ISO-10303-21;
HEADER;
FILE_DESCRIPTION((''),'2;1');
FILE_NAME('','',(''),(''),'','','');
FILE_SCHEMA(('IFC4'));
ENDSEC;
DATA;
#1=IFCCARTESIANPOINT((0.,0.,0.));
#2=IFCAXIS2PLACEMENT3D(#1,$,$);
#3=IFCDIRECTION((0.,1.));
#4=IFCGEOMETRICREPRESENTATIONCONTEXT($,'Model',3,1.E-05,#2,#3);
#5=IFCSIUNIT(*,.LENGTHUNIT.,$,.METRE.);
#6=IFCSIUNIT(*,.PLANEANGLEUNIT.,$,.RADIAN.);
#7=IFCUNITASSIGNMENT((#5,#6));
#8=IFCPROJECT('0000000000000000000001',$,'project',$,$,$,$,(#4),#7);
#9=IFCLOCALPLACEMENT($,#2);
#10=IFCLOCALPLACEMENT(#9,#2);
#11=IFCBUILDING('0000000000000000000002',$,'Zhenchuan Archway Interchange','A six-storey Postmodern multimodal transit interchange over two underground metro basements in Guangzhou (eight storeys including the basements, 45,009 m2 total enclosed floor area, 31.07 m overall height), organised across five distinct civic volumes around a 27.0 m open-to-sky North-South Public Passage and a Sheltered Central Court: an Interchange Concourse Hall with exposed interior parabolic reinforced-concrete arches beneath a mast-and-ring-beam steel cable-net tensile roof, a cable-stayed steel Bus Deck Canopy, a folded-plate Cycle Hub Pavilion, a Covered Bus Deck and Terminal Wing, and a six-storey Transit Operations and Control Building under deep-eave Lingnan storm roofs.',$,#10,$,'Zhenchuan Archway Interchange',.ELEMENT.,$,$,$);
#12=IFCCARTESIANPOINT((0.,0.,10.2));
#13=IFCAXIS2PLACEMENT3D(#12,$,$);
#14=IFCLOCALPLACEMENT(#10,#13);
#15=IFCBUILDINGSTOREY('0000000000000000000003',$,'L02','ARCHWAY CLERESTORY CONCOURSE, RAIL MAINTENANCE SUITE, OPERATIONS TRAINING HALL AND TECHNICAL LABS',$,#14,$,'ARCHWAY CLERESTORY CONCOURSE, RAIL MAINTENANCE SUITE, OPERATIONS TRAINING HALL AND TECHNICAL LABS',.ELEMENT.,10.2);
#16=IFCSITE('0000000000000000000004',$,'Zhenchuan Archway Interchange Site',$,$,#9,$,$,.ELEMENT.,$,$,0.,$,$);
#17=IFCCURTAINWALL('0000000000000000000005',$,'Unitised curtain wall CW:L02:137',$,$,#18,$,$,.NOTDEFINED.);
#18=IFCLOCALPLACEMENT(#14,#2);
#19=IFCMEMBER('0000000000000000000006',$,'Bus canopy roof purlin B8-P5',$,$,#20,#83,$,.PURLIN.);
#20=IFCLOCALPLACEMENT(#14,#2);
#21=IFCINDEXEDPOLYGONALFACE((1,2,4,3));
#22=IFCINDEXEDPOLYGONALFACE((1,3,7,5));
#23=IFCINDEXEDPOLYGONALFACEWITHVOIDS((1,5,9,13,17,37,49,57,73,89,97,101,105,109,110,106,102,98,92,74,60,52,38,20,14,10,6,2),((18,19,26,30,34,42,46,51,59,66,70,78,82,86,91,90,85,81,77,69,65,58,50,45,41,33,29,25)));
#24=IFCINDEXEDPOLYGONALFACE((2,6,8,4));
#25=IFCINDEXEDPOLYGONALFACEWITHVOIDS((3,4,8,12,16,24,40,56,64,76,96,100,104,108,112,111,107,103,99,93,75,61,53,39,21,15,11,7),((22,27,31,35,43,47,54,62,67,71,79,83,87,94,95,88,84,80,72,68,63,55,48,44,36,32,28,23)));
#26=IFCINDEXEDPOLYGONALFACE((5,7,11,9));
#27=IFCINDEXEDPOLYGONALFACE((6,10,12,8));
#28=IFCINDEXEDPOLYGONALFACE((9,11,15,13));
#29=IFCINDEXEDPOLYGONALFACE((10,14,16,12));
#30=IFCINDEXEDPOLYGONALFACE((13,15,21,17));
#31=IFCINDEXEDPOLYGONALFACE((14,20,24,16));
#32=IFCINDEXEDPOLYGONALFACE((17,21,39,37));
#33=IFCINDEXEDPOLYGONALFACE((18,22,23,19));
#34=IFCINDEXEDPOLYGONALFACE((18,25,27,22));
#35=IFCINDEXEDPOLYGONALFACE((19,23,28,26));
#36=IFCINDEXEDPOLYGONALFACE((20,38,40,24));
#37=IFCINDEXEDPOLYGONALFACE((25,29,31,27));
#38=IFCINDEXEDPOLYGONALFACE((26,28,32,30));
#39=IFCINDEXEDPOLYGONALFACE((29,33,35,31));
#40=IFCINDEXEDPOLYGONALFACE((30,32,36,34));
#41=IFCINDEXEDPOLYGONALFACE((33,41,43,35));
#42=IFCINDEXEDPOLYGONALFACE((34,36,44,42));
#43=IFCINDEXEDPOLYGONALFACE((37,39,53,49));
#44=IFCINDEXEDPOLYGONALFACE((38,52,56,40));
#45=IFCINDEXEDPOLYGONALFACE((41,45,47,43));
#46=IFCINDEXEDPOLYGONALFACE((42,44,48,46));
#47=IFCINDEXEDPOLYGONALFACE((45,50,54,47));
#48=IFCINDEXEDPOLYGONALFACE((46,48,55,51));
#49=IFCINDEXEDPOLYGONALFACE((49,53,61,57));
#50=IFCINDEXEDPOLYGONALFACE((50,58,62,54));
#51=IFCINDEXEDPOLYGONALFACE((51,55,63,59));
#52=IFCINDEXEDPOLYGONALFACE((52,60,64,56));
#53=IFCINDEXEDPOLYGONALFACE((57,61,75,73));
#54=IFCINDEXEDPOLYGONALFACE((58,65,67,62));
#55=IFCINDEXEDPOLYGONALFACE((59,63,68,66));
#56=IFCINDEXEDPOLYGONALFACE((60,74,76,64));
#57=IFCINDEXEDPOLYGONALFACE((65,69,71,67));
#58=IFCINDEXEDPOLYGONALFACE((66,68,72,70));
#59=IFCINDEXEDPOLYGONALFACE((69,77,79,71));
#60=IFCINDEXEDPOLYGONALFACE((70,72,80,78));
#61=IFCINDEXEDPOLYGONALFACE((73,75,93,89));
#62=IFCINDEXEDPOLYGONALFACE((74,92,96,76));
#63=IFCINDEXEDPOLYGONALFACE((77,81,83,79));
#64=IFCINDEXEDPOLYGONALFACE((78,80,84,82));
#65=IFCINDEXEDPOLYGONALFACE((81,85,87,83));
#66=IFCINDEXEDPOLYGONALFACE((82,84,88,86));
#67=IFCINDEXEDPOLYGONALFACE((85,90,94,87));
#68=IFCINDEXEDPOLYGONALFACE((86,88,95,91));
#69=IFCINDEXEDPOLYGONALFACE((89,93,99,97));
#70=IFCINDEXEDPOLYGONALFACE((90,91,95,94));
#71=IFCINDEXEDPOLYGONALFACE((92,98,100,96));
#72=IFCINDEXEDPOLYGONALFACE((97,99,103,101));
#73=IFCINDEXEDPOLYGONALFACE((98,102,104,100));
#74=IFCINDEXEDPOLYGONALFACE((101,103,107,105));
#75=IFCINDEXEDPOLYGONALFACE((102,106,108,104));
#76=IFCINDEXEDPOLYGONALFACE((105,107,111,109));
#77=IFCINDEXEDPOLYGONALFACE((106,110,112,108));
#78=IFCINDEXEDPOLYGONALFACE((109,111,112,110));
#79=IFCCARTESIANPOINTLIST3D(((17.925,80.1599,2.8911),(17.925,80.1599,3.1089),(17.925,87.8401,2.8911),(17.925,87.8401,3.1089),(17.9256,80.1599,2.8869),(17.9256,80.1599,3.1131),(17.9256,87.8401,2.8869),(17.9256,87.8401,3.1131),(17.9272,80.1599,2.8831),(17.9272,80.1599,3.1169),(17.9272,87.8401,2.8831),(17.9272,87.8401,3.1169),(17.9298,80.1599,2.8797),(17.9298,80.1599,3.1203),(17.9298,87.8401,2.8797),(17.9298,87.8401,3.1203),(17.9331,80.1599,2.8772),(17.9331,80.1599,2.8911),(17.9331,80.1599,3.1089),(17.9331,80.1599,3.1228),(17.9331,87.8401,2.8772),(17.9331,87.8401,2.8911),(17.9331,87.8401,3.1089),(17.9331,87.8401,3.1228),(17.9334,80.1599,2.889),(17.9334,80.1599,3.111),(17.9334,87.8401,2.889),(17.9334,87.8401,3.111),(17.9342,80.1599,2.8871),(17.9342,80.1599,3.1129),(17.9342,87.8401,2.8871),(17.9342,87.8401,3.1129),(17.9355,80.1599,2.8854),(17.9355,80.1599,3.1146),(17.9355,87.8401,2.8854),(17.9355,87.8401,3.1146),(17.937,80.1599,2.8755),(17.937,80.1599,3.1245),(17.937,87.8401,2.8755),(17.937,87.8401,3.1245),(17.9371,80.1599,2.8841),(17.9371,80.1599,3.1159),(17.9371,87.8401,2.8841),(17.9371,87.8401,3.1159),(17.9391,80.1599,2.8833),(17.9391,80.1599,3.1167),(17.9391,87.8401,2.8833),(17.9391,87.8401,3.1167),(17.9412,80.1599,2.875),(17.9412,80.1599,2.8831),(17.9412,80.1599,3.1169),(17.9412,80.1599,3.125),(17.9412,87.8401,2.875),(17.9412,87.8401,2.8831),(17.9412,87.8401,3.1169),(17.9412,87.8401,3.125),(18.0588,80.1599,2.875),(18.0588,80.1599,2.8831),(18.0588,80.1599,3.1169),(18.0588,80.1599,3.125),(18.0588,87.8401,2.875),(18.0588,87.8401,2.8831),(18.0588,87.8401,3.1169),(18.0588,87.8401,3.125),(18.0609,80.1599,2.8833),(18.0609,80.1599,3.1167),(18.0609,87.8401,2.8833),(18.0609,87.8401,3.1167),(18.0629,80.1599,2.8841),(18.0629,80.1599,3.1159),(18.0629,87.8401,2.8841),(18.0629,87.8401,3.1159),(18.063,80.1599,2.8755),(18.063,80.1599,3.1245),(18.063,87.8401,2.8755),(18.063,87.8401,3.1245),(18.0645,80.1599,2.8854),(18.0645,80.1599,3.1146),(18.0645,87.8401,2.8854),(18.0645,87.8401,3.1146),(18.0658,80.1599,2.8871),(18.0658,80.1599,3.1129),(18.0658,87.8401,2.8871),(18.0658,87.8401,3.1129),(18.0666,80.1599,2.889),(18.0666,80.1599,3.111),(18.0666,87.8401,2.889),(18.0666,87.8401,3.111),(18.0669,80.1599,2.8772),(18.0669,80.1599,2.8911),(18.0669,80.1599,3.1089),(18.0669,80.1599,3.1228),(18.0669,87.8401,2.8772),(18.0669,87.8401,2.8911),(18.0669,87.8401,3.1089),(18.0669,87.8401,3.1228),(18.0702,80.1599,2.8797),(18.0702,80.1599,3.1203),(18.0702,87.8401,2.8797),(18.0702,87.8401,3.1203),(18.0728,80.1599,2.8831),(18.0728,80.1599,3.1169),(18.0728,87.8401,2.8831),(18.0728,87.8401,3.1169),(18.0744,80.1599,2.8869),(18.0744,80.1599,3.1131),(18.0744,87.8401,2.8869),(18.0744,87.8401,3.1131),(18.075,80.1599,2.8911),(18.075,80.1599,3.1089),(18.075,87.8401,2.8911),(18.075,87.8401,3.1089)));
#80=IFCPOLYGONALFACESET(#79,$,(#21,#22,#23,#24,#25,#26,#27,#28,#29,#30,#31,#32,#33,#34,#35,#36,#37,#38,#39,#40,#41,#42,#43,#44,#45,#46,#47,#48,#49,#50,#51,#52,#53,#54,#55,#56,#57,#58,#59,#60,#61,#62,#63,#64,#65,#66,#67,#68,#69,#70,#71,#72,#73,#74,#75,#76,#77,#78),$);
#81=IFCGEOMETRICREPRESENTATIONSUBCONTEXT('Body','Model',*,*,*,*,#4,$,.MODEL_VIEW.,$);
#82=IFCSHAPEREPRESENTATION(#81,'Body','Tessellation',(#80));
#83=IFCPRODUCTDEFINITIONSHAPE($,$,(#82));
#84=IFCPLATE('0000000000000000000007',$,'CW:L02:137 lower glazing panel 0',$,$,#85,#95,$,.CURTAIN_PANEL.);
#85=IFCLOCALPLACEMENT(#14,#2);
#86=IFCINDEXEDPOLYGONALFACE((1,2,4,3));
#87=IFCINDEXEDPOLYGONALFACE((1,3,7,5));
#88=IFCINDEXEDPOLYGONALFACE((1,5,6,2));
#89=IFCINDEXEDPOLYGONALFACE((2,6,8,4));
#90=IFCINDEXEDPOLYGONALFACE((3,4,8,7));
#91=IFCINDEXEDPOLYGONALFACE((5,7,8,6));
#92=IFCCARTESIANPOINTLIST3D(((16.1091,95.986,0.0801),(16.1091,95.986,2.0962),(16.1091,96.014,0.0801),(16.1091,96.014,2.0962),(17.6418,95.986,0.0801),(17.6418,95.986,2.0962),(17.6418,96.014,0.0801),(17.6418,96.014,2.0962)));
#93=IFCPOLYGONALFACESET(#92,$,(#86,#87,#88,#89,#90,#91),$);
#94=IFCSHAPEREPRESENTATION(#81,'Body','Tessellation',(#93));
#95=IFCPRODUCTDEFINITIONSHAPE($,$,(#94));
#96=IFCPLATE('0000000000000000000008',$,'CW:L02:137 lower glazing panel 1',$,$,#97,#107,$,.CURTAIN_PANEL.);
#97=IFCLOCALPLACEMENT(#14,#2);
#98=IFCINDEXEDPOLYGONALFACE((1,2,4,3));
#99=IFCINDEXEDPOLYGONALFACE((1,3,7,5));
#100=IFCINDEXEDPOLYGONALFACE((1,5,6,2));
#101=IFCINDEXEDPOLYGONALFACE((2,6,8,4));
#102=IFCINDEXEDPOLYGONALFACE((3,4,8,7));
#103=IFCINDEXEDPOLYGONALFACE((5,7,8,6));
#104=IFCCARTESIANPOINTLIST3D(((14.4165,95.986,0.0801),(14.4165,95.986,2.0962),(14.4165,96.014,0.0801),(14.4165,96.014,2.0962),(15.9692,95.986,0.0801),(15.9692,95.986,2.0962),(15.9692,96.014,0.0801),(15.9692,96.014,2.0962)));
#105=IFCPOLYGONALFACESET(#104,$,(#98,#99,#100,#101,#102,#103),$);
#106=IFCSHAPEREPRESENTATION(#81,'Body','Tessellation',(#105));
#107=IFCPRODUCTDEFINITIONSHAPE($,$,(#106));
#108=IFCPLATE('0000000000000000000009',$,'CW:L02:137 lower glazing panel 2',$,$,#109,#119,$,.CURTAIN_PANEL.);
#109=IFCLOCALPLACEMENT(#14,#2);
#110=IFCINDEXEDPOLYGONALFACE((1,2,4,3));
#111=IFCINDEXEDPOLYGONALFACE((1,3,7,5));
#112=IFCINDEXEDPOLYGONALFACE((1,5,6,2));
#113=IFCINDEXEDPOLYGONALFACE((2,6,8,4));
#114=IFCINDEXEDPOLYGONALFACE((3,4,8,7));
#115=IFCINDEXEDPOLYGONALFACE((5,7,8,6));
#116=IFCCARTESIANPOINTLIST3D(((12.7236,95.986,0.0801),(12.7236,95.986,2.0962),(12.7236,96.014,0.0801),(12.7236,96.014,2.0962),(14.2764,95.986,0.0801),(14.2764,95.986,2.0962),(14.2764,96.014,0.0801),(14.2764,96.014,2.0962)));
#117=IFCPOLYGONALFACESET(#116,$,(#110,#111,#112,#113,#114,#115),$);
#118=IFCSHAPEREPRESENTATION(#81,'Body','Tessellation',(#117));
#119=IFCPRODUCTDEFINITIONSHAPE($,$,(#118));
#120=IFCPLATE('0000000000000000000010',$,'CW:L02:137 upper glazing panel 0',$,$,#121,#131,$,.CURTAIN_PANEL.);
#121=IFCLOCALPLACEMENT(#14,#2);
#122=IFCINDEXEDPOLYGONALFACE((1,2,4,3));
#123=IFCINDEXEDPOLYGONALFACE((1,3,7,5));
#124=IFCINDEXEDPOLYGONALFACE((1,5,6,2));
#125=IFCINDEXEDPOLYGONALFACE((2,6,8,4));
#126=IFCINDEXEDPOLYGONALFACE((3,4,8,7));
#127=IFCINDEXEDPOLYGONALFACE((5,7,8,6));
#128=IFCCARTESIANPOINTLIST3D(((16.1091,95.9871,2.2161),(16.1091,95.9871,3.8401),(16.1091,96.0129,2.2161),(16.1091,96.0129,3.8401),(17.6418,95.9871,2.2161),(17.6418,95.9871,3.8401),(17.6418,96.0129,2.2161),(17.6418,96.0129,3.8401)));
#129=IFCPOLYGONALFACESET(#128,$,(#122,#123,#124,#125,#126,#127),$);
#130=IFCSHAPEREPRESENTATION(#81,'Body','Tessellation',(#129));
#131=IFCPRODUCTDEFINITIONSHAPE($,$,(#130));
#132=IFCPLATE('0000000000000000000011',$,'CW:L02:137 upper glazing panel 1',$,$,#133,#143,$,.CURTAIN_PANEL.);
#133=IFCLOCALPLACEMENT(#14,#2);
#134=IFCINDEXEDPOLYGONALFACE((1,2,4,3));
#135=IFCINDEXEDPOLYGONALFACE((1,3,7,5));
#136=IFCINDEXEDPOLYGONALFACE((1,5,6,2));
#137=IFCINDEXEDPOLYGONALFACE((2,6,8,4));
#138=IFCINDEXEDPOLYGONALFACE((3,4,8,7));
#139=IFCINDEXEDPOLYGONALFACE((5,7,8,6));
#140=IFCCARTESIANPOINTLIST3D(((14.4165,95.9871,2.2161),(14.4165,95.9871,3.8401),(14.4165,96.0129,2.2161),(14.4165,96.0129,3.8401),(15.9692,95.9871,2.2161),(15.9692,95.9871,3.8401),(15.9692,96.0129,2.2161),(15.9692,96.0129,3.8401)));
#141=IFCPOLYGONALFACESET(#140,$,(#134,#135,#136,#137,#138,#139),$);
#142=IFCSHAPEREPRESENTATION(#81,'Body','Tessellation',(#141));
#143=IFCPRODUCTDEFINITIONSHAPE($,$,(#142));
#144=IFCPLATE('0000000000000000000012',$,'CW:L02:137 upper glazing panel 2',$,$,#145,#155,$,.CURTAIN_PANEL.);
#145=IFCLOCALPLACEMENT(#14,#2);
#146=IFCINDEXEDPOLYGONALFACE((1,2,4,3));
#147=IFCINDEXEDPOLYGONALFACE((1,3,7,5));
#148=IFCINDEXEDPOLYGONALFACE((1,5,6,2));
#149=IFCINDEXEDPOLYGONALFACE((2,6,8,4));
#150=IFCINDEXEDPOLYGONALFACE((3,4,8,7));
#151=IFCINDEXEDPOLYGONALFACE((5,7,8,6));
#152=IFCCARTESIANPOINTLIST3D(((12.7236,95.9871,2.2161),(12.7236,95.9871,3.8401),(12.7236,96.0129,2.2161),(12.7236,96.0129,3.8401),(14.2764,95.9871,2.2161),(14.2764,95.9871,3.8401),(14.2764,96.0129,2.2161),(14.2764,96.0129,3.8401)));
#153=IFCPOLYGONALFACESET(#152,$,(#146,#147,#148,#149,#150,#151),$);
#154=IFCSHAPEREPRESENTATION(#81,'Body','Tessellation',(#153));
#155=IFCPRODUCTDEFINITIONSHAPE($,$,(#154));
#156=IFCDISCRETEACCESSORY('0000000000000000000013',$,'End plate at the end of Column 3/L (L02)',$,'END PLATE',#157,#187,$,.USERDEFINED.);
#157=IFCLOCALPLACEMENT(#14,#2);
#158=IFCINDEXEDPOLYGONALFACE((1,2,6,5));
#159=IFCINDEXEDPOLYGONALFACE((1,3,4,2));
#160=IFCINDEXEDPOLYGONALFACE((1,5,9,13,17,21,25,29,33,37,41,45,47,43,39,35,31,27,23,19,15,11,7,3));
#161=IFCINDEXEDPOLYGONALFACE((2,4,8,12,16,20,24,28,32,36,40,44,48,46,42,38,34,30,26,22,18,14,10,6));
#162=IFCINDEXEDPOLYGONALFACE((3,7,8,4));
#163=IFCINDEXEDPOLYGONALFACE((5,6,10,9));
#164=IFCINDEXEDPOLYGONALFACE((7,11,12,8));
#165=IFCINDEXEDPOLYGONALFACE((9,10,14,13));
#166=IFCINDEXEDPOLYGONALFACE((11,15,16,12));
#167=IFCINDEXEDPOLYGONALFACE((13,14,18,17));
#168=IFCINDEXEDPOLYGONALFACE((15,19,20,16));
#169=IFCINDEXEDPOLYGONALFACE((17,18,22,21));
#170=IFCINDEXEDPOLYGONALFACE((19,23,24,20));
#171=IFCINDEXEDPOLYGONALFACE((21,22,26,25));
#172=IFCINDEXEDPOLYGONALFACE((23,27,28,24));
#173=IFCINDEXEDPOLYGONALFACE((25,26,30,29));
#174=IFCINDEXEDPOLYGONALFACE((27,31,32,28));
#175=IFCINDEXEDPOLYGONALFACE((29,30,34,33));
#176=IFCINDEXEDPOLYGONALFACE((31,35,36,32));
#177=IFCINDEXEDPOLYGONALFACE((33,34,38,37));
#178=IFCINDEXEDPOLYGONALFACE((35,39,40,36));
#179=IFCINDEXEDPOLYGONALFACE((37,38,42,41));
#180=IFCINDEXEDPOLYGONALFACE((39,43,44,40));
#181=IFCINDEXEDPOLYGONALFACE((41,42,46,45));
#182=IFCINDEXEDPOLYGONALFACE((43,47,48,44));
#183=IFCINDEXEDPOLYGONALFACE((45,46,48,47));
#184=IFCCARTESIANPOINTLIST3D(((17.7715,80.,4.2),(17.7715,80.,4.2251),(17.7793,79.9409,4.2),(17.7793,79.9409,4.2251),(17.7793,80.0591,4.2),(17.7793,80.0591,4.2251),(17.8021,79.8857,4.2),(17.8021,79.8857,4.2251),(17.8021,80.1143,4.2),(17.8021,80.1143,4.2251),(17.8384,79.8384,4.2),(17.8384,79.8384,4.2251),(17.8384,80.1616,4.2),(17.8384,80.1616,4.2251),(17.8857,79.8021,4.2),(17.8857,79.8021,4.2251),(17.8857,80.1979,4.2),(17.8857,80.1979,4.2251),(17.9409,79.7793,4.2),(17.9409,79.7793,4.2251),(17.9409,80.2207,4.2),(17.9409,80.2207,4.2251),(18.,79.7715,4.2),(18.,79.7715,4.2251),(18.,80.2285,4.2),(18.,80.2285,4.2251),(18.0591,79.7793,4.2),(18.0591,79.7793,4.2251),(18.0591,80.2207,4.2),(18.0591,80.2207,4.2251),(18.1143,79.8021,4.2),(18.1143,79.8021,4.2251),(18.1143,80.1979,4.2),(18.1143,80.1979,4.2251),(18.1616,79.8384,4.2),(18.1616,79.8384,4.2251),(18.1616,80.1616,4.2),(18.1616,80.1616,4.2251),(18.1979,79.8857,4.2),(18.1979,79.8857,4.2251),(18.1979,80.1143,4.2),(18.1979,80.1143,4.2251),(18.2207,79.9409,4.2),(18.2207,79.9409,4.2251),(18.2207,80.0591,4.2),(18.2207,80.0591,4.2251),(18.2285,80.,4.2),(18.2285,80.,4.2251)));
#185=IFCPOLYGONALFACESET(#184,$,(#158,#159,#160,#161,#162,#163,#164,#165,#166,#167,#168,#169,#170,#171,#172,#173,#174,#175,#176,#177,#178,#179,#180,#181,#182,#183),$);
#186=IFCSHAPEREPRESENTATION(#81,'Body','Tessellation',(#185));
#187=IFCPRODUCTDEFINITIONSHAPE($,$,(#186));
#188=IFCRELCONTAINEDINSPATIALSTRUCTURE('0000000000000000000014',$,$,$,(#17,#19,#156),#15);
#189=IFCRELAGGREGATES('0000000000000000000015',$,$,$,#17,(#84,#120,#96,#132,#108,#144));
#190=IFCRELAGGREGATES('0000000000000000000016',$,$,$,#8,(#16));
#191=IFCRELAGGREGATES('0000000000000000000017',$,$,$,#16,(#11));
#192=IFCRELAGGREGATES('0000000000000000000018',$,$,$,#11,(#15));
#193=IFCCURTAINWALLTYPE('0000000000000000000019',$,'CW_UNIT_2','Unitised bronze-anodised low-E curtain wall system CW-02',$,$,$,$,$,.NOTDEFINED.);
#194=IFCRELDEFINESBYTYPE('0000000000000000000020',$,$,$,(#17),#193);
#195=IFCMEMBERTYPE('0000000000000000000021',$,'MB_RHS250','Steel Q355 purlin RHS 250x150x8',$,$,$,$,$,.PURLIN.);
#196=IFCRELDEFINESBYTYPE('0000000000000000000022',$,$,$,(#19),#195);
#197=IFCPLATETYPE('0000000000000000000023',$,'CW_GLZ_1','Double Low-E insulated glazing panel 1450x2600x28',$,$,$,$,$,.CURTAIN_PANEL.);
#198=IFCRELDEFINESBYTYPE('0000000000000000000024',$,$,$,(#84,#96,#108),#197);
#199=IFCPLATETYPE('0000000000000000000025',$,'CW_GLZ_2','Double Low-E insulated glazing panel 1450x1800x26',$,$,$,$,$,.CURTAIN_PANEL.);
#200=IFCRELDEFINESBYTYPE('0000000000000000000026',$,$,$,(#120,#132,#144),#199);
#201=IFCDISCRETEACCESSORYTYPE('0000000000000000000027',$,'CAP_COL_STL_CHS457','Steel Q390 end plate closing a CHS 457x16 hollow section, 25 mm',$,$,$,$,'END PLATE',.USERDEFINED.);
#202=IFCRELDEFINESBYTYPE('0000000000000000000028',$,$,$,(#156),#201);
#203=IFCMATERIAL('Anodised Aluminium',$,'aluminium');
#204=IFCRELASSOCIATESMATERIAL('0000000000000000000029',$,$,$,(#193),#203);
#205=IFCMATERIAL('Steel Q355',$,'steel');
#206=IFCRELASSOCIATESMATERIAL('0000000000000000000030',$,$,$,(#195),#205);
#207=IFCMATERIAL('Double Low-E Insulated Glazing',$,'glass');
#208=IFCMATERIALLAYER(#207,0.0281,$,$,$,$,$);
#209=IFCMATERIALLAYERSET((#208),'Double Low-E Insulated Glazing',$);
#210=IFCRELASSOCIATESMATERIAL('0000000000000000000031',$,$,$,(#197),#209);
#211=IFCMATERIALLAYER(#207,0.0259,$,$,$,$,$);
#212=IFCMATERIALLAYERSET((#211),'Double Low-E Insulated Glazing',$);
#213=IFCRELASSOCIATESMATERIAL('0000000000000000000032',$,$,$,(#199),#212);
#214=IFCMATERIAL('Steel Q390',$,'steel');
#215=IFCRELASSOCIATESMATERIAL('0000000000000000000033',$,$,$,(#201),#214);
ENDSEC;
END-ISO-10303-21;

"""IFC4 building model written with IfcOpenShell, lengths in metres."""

from ifc_helpers import new_model, si_unit, direction, frame, origin, origin_2d, place, context, subcontext, project, spatial, rectangle, hollow_rectangle, circle, extrude, material, layer, layer_set, material_profile, profile_set, type_object, element, aggregate, save


model = new_model("IFC4")

# Units and contexts
model_context = context("Model", 3, precision=1e-05, world=origin(), true_north=direction((0.0, 1.0)))
body_context = subcontext(model_context, "Body", "Model", "MODEL_VIEW")
ifc_project = project(units=[si_unit("LENGTHUNIT", "METRE"), si_unit("PLANEANGLEUNIT", "RADIAN")], contexts=[model_context])

# Site, building, storey
site_placement = place(None, origin())
site = spatial("IfcSite", under=ifc_project, at=site_placement, Name="Zhenchuan Archway Interchange Site", CompositionType="ELEMENT", RefElevation=0.0)
building_placement = place(site_placement, origin())
building = spatial("IfcBuilding", under=site, at=building_placement, Name="Zhenchuan Archway Interchange", Description="A six-storey Postmodern multimodal transit interchange over two underground metro basements in Guangzhou (eight storeys including the basements, 45,009 m2 total enclosed floor area, 31.07 m overall height), organised across five distinct civic volumes around a 27.0 m open-to-sky North-South Public Passage and a Sheltered Central Court: an Interchange Concourse Hall with exposed interior parabolic reinforced-concrete arches beneath a mast-and-ring-beam steel cable-net tensile roof, a cable-stayed steel Bus Deck Canopy, a folded-plate Cycle Hub Pavilion, a Covered Bus Deck and Terminal Wing, and a six-storey Transit Operations and Control Building under deep-eave Lingnan storm roofs.", LongName="Zhenchuan Archway Interchange", CompositionType="ELEMENT")
storey_placement = place(building_placement, frame((0.0, 0.0, 10.2)))
storey = spatial("IfcBuildingStorey", under=building, at=storey_placement, Name="L02", Description="ARCHWAY CLERESTORY CONCOURSE, RAIL MAINTENANCE SUITE, OPERATIONS TRAINING HALL AND TECHNICAL LABS", LongName="ARCHWAY CLERESTORY CONCOURSE, RAIL MAINTENANCE SUITE, OPERATIONS TRAINING HALL AND TECHNICAL LABS", CompositionType="ELEMENT", Elevation=10.2)

# Shared definitions
ifc_material_1 = material(Name="Steel Q390", Category="steel")

# Curtain wall
ifc_material_2 = material(Name="Anodised Aluminium", Category="aluminium")
curtain_wall_type = type_object("IfcCurtainWallType", Name="CW_UNIT_2", Description="Unitised bronze-anodised low-E curtain wall system CW-02", PredefinedType="NOTDEFINED", material=ifc_material_2)
curtain_wall_placement = place(storey_placement, origin())
curtain_wall = element("IfcCurtainWall", 1, at=curtain_wall_placement, inside=storey, type_object=curtain_wall_type, Name="Unitised curtain wall CW:L02:137", PredefinedType="NOTDEFINED")

# Member
ifc_material_3 = material(Name="Steel Q355", Category="steel")
ifc_material_profile_1 = material_profile(ifc_material_3, hollow_rectangle(XDim=0.1499, YDim=0.25, WallThickness=0.0081, InnerFilletRadius=0.0081, OuterFilletRadius=0.0161, at=origin_2d()), Name="RHS 250x150x8")
ifc_profile_set_1 = profile_set([ifc_material_profile_1], Name="Steel Q355")
member_type_1 = type_object("IfcMemberType", Name="MB_RHS250", Description="Steel Q355 purlin RHS 250x150x8", PredefinedType="PURLIN", material=ifc_profile_set_1)
member_1_placement = place(storey_placement, frame((18.0, 80.1599, 3.0), z_axis=(0.0, 1.0, 0.0), x_axis=(-1.0, 0.0, 0.0)))
element("IfcMember", 2, at=member_1_placement, inside=storey, type_object=member_type_1, Name="Bus canopy roof purlin B8-P5", PredefinedType="PURLIN", context=body_context, shape_type="SweptSolid", body=[
    extrude(hollow_rectangle(XDim=0.1499, YDim=0.25, WallThickness=0.0081, InnerFilletRadius=0.0081, OuterFilletRadius=0.0161, at=origin_2d()), origin(), (0.0, 0.0, 1.0), 7.6802),
])

# Plates
ifc_material_4 = material(Name="Double Low-E Insulated Glazing", Category="glass")
ifc_layer_1 = layer(ifc_material_4, 0.0281)
ifc_layer_set_1 = layer_set([ifc_layer_1], Name="Double Low-E Insulated Glazing")
plate_type_1 = type_object("IfcPlateType", Name="CW_GLZ_1", Description="Double Low-E insulated glazing panel 1450x2600x28", PredefinedType="CURTAIN_PANEL", material=ifc_layer_set_1)
plate_1_placement = place(storey_placement, frame((16.8755, 96.0, 0.0801), z_axis=(0.0, 0.0, 1.0), x_axis=(-1.0, 0.0, 0.0)))
plate_1 = element("IfcPlate", 3, at=plate_1_placement, type_object=plate_type_1, Name="CW:L02:137 lower glazing panel 0", PredefinedType="CURTAIN_PANEL", context=body_context, shape_type="SweptSolid", body=[
    extrude(rectangle(XDim=1.5327, YDim=0.0281, at=origin_2d()), origin(), (0.0, 0.0, 1.0), 2.0161),
])
plate_2_placement = place(storey_placement, frame((15.1929, 96.0, 0.0801), z_axis=(0.0, 0.0, 1.0), x_axis=(-1.0, 0.0, 0.0)))
plate_2 = element("IfcPlate", 4, at=plate_2_placement, type_object=plate_type_1, Name="CW:L02:137 lower glazing panel 1", PredefinedType="CURTAIN_PANEL", context=body_context, shape_type="SweptSolid", body=[
    extrude(rectangle(XDim=1.5527, YDim=0.0281, at=origin_2d()), origin(), (0.0, 0.0, 1.0), 2.0161),
])
plate_3_placement = place(storey_placement, frame((13.5, 96.0, 0.0801), z_axis=(0.0, 0.0, 1.0), x_axis=(-1.0, 0.0, 0.0)))
plate_3 = element("IfcPlate", 5, at=plate_3_placement, type_object=plate_type_1, Name="CW:L02:137 lower glazing panel 2", PredefinedType="CURTAIN_PANEL", context=body_context, shape_type="SweptSolid", body=[
    extrude(rectangle(XDim=1.5527, YDim=0.0281, at=origin_2d()), origin(), (0.0, 0.0, 1.0), 2.0161),
])
ifc_layer_2 = layer(ifc_material_4, 0.0259)
ifc_layer_set_2 = layer_set([ifc_layer_2], Name="Double Low-E Insulated Glazing")
plate_type_2 = type_object("IfcPlateType", Name="CW_GLZ_2", Description="Double Low-E insulated glazing panel 1450x1800x26", PredefinedType="CURTAIN_PANEL", material=ifc_layer_set_2)
plate_4_placement = place(storey_placement, frame((16.8755, 96.0, 2.2161), z_axis=(0.0, 0.0, 1.0), x_axis=(-1.0, 0.0, 0.0)))
plate_4 = element("IfcPlate", 6, at=plate_4_placement, type_object=plate_type_2, Name="CW:L02:137 upper glazing panel 0", PredefinedType="CURTAIN_PANEL", context=body_context, shape_type="SweptSolid", body=[
    extrude(rectangle(XDim=1.5327, YDim=0.0259, at=origin_2d()), origin(), (0.0, 0.0, 1.0), 1.624),
])
plate_5_placement = place(storey_placement, frame((15.1929, 96.0, 2.2161), z_axis=(0.0, 0.0, 1.0), x_axis=(-1.0, 0.0, 0.0)))
plate_5 = element("IfcPlate", 7, at=plate_5_placement, type_object=plate_type_2, Name="CW:L02:137 upper glazing panel 1", PredefinedType="CURTAIN_PANEL", context=body_context, shape_type="SweptSolid", body=[
    extrude(rectangle(XDim=1.5527, YDim=0.0259, at=origin_2d()), origin(), (0.0, 0.0, 1.0), 1.624),
])
plate_6_placement = place(storey_placement, frame((13.5, 96.0, 2.2161), z_axis=(0.0, 0.0, 1.0), x_axis=(-1.0, 0.0, 0.0)))
plate_6 = element("IfcPlate", 8, at=plate_6_placement, type_object=plate_type_2, Name="CW:L02:137 upper glazing panel 2", PredefinedType="CURTAIN_PANEL", context=body_context, shape_type="SweptSolid", body=[
    extrude(rectangle(XDim=1.5527, YDim=0.0259, at=origin_2d()), origin(), (0.0, 0.0, 1.0), 1.624),
])
aggregate(curtain_wall, [plate_1, plate_4, plate_2, plate_5, plate_3, plate_6])

# Discrete accessory
discrete_accessory_type = type_object("IfcDiscreteAccessoryType", Name="CAP_COL_STL_CHS457", Description="Steel Q390 end plate closing a CHS 457x16 hollow section, 25 mm", ElementType="END PLATE", PredefinedType="USERDEFINED", material=ifc_material_1)
discrete_accessory_placement = place(storey_placement, frame((18.0, 80.0, 4.2), z_axis=(0.0, 0.0, 1.0), x_axis=(1.0, 0.0, 0.0)))
element("IfcDiscreteAccessory", 9, at=discrete_accessory_placement, inside=storey, type_object=discrete_accessory_type, Name="End plate at the end of Column 3/L (L02)", ObjectType="END PLATE", PredefinedType="USERDEFINED", context=body_context, shape_type="SweptSolid", body=[
    extrude(circle(Radius=0.2285, at=origin_2d()), origin(), (0.0, 0.0, 1.0), 0.0251),
])

save(model, "model.ifc")
